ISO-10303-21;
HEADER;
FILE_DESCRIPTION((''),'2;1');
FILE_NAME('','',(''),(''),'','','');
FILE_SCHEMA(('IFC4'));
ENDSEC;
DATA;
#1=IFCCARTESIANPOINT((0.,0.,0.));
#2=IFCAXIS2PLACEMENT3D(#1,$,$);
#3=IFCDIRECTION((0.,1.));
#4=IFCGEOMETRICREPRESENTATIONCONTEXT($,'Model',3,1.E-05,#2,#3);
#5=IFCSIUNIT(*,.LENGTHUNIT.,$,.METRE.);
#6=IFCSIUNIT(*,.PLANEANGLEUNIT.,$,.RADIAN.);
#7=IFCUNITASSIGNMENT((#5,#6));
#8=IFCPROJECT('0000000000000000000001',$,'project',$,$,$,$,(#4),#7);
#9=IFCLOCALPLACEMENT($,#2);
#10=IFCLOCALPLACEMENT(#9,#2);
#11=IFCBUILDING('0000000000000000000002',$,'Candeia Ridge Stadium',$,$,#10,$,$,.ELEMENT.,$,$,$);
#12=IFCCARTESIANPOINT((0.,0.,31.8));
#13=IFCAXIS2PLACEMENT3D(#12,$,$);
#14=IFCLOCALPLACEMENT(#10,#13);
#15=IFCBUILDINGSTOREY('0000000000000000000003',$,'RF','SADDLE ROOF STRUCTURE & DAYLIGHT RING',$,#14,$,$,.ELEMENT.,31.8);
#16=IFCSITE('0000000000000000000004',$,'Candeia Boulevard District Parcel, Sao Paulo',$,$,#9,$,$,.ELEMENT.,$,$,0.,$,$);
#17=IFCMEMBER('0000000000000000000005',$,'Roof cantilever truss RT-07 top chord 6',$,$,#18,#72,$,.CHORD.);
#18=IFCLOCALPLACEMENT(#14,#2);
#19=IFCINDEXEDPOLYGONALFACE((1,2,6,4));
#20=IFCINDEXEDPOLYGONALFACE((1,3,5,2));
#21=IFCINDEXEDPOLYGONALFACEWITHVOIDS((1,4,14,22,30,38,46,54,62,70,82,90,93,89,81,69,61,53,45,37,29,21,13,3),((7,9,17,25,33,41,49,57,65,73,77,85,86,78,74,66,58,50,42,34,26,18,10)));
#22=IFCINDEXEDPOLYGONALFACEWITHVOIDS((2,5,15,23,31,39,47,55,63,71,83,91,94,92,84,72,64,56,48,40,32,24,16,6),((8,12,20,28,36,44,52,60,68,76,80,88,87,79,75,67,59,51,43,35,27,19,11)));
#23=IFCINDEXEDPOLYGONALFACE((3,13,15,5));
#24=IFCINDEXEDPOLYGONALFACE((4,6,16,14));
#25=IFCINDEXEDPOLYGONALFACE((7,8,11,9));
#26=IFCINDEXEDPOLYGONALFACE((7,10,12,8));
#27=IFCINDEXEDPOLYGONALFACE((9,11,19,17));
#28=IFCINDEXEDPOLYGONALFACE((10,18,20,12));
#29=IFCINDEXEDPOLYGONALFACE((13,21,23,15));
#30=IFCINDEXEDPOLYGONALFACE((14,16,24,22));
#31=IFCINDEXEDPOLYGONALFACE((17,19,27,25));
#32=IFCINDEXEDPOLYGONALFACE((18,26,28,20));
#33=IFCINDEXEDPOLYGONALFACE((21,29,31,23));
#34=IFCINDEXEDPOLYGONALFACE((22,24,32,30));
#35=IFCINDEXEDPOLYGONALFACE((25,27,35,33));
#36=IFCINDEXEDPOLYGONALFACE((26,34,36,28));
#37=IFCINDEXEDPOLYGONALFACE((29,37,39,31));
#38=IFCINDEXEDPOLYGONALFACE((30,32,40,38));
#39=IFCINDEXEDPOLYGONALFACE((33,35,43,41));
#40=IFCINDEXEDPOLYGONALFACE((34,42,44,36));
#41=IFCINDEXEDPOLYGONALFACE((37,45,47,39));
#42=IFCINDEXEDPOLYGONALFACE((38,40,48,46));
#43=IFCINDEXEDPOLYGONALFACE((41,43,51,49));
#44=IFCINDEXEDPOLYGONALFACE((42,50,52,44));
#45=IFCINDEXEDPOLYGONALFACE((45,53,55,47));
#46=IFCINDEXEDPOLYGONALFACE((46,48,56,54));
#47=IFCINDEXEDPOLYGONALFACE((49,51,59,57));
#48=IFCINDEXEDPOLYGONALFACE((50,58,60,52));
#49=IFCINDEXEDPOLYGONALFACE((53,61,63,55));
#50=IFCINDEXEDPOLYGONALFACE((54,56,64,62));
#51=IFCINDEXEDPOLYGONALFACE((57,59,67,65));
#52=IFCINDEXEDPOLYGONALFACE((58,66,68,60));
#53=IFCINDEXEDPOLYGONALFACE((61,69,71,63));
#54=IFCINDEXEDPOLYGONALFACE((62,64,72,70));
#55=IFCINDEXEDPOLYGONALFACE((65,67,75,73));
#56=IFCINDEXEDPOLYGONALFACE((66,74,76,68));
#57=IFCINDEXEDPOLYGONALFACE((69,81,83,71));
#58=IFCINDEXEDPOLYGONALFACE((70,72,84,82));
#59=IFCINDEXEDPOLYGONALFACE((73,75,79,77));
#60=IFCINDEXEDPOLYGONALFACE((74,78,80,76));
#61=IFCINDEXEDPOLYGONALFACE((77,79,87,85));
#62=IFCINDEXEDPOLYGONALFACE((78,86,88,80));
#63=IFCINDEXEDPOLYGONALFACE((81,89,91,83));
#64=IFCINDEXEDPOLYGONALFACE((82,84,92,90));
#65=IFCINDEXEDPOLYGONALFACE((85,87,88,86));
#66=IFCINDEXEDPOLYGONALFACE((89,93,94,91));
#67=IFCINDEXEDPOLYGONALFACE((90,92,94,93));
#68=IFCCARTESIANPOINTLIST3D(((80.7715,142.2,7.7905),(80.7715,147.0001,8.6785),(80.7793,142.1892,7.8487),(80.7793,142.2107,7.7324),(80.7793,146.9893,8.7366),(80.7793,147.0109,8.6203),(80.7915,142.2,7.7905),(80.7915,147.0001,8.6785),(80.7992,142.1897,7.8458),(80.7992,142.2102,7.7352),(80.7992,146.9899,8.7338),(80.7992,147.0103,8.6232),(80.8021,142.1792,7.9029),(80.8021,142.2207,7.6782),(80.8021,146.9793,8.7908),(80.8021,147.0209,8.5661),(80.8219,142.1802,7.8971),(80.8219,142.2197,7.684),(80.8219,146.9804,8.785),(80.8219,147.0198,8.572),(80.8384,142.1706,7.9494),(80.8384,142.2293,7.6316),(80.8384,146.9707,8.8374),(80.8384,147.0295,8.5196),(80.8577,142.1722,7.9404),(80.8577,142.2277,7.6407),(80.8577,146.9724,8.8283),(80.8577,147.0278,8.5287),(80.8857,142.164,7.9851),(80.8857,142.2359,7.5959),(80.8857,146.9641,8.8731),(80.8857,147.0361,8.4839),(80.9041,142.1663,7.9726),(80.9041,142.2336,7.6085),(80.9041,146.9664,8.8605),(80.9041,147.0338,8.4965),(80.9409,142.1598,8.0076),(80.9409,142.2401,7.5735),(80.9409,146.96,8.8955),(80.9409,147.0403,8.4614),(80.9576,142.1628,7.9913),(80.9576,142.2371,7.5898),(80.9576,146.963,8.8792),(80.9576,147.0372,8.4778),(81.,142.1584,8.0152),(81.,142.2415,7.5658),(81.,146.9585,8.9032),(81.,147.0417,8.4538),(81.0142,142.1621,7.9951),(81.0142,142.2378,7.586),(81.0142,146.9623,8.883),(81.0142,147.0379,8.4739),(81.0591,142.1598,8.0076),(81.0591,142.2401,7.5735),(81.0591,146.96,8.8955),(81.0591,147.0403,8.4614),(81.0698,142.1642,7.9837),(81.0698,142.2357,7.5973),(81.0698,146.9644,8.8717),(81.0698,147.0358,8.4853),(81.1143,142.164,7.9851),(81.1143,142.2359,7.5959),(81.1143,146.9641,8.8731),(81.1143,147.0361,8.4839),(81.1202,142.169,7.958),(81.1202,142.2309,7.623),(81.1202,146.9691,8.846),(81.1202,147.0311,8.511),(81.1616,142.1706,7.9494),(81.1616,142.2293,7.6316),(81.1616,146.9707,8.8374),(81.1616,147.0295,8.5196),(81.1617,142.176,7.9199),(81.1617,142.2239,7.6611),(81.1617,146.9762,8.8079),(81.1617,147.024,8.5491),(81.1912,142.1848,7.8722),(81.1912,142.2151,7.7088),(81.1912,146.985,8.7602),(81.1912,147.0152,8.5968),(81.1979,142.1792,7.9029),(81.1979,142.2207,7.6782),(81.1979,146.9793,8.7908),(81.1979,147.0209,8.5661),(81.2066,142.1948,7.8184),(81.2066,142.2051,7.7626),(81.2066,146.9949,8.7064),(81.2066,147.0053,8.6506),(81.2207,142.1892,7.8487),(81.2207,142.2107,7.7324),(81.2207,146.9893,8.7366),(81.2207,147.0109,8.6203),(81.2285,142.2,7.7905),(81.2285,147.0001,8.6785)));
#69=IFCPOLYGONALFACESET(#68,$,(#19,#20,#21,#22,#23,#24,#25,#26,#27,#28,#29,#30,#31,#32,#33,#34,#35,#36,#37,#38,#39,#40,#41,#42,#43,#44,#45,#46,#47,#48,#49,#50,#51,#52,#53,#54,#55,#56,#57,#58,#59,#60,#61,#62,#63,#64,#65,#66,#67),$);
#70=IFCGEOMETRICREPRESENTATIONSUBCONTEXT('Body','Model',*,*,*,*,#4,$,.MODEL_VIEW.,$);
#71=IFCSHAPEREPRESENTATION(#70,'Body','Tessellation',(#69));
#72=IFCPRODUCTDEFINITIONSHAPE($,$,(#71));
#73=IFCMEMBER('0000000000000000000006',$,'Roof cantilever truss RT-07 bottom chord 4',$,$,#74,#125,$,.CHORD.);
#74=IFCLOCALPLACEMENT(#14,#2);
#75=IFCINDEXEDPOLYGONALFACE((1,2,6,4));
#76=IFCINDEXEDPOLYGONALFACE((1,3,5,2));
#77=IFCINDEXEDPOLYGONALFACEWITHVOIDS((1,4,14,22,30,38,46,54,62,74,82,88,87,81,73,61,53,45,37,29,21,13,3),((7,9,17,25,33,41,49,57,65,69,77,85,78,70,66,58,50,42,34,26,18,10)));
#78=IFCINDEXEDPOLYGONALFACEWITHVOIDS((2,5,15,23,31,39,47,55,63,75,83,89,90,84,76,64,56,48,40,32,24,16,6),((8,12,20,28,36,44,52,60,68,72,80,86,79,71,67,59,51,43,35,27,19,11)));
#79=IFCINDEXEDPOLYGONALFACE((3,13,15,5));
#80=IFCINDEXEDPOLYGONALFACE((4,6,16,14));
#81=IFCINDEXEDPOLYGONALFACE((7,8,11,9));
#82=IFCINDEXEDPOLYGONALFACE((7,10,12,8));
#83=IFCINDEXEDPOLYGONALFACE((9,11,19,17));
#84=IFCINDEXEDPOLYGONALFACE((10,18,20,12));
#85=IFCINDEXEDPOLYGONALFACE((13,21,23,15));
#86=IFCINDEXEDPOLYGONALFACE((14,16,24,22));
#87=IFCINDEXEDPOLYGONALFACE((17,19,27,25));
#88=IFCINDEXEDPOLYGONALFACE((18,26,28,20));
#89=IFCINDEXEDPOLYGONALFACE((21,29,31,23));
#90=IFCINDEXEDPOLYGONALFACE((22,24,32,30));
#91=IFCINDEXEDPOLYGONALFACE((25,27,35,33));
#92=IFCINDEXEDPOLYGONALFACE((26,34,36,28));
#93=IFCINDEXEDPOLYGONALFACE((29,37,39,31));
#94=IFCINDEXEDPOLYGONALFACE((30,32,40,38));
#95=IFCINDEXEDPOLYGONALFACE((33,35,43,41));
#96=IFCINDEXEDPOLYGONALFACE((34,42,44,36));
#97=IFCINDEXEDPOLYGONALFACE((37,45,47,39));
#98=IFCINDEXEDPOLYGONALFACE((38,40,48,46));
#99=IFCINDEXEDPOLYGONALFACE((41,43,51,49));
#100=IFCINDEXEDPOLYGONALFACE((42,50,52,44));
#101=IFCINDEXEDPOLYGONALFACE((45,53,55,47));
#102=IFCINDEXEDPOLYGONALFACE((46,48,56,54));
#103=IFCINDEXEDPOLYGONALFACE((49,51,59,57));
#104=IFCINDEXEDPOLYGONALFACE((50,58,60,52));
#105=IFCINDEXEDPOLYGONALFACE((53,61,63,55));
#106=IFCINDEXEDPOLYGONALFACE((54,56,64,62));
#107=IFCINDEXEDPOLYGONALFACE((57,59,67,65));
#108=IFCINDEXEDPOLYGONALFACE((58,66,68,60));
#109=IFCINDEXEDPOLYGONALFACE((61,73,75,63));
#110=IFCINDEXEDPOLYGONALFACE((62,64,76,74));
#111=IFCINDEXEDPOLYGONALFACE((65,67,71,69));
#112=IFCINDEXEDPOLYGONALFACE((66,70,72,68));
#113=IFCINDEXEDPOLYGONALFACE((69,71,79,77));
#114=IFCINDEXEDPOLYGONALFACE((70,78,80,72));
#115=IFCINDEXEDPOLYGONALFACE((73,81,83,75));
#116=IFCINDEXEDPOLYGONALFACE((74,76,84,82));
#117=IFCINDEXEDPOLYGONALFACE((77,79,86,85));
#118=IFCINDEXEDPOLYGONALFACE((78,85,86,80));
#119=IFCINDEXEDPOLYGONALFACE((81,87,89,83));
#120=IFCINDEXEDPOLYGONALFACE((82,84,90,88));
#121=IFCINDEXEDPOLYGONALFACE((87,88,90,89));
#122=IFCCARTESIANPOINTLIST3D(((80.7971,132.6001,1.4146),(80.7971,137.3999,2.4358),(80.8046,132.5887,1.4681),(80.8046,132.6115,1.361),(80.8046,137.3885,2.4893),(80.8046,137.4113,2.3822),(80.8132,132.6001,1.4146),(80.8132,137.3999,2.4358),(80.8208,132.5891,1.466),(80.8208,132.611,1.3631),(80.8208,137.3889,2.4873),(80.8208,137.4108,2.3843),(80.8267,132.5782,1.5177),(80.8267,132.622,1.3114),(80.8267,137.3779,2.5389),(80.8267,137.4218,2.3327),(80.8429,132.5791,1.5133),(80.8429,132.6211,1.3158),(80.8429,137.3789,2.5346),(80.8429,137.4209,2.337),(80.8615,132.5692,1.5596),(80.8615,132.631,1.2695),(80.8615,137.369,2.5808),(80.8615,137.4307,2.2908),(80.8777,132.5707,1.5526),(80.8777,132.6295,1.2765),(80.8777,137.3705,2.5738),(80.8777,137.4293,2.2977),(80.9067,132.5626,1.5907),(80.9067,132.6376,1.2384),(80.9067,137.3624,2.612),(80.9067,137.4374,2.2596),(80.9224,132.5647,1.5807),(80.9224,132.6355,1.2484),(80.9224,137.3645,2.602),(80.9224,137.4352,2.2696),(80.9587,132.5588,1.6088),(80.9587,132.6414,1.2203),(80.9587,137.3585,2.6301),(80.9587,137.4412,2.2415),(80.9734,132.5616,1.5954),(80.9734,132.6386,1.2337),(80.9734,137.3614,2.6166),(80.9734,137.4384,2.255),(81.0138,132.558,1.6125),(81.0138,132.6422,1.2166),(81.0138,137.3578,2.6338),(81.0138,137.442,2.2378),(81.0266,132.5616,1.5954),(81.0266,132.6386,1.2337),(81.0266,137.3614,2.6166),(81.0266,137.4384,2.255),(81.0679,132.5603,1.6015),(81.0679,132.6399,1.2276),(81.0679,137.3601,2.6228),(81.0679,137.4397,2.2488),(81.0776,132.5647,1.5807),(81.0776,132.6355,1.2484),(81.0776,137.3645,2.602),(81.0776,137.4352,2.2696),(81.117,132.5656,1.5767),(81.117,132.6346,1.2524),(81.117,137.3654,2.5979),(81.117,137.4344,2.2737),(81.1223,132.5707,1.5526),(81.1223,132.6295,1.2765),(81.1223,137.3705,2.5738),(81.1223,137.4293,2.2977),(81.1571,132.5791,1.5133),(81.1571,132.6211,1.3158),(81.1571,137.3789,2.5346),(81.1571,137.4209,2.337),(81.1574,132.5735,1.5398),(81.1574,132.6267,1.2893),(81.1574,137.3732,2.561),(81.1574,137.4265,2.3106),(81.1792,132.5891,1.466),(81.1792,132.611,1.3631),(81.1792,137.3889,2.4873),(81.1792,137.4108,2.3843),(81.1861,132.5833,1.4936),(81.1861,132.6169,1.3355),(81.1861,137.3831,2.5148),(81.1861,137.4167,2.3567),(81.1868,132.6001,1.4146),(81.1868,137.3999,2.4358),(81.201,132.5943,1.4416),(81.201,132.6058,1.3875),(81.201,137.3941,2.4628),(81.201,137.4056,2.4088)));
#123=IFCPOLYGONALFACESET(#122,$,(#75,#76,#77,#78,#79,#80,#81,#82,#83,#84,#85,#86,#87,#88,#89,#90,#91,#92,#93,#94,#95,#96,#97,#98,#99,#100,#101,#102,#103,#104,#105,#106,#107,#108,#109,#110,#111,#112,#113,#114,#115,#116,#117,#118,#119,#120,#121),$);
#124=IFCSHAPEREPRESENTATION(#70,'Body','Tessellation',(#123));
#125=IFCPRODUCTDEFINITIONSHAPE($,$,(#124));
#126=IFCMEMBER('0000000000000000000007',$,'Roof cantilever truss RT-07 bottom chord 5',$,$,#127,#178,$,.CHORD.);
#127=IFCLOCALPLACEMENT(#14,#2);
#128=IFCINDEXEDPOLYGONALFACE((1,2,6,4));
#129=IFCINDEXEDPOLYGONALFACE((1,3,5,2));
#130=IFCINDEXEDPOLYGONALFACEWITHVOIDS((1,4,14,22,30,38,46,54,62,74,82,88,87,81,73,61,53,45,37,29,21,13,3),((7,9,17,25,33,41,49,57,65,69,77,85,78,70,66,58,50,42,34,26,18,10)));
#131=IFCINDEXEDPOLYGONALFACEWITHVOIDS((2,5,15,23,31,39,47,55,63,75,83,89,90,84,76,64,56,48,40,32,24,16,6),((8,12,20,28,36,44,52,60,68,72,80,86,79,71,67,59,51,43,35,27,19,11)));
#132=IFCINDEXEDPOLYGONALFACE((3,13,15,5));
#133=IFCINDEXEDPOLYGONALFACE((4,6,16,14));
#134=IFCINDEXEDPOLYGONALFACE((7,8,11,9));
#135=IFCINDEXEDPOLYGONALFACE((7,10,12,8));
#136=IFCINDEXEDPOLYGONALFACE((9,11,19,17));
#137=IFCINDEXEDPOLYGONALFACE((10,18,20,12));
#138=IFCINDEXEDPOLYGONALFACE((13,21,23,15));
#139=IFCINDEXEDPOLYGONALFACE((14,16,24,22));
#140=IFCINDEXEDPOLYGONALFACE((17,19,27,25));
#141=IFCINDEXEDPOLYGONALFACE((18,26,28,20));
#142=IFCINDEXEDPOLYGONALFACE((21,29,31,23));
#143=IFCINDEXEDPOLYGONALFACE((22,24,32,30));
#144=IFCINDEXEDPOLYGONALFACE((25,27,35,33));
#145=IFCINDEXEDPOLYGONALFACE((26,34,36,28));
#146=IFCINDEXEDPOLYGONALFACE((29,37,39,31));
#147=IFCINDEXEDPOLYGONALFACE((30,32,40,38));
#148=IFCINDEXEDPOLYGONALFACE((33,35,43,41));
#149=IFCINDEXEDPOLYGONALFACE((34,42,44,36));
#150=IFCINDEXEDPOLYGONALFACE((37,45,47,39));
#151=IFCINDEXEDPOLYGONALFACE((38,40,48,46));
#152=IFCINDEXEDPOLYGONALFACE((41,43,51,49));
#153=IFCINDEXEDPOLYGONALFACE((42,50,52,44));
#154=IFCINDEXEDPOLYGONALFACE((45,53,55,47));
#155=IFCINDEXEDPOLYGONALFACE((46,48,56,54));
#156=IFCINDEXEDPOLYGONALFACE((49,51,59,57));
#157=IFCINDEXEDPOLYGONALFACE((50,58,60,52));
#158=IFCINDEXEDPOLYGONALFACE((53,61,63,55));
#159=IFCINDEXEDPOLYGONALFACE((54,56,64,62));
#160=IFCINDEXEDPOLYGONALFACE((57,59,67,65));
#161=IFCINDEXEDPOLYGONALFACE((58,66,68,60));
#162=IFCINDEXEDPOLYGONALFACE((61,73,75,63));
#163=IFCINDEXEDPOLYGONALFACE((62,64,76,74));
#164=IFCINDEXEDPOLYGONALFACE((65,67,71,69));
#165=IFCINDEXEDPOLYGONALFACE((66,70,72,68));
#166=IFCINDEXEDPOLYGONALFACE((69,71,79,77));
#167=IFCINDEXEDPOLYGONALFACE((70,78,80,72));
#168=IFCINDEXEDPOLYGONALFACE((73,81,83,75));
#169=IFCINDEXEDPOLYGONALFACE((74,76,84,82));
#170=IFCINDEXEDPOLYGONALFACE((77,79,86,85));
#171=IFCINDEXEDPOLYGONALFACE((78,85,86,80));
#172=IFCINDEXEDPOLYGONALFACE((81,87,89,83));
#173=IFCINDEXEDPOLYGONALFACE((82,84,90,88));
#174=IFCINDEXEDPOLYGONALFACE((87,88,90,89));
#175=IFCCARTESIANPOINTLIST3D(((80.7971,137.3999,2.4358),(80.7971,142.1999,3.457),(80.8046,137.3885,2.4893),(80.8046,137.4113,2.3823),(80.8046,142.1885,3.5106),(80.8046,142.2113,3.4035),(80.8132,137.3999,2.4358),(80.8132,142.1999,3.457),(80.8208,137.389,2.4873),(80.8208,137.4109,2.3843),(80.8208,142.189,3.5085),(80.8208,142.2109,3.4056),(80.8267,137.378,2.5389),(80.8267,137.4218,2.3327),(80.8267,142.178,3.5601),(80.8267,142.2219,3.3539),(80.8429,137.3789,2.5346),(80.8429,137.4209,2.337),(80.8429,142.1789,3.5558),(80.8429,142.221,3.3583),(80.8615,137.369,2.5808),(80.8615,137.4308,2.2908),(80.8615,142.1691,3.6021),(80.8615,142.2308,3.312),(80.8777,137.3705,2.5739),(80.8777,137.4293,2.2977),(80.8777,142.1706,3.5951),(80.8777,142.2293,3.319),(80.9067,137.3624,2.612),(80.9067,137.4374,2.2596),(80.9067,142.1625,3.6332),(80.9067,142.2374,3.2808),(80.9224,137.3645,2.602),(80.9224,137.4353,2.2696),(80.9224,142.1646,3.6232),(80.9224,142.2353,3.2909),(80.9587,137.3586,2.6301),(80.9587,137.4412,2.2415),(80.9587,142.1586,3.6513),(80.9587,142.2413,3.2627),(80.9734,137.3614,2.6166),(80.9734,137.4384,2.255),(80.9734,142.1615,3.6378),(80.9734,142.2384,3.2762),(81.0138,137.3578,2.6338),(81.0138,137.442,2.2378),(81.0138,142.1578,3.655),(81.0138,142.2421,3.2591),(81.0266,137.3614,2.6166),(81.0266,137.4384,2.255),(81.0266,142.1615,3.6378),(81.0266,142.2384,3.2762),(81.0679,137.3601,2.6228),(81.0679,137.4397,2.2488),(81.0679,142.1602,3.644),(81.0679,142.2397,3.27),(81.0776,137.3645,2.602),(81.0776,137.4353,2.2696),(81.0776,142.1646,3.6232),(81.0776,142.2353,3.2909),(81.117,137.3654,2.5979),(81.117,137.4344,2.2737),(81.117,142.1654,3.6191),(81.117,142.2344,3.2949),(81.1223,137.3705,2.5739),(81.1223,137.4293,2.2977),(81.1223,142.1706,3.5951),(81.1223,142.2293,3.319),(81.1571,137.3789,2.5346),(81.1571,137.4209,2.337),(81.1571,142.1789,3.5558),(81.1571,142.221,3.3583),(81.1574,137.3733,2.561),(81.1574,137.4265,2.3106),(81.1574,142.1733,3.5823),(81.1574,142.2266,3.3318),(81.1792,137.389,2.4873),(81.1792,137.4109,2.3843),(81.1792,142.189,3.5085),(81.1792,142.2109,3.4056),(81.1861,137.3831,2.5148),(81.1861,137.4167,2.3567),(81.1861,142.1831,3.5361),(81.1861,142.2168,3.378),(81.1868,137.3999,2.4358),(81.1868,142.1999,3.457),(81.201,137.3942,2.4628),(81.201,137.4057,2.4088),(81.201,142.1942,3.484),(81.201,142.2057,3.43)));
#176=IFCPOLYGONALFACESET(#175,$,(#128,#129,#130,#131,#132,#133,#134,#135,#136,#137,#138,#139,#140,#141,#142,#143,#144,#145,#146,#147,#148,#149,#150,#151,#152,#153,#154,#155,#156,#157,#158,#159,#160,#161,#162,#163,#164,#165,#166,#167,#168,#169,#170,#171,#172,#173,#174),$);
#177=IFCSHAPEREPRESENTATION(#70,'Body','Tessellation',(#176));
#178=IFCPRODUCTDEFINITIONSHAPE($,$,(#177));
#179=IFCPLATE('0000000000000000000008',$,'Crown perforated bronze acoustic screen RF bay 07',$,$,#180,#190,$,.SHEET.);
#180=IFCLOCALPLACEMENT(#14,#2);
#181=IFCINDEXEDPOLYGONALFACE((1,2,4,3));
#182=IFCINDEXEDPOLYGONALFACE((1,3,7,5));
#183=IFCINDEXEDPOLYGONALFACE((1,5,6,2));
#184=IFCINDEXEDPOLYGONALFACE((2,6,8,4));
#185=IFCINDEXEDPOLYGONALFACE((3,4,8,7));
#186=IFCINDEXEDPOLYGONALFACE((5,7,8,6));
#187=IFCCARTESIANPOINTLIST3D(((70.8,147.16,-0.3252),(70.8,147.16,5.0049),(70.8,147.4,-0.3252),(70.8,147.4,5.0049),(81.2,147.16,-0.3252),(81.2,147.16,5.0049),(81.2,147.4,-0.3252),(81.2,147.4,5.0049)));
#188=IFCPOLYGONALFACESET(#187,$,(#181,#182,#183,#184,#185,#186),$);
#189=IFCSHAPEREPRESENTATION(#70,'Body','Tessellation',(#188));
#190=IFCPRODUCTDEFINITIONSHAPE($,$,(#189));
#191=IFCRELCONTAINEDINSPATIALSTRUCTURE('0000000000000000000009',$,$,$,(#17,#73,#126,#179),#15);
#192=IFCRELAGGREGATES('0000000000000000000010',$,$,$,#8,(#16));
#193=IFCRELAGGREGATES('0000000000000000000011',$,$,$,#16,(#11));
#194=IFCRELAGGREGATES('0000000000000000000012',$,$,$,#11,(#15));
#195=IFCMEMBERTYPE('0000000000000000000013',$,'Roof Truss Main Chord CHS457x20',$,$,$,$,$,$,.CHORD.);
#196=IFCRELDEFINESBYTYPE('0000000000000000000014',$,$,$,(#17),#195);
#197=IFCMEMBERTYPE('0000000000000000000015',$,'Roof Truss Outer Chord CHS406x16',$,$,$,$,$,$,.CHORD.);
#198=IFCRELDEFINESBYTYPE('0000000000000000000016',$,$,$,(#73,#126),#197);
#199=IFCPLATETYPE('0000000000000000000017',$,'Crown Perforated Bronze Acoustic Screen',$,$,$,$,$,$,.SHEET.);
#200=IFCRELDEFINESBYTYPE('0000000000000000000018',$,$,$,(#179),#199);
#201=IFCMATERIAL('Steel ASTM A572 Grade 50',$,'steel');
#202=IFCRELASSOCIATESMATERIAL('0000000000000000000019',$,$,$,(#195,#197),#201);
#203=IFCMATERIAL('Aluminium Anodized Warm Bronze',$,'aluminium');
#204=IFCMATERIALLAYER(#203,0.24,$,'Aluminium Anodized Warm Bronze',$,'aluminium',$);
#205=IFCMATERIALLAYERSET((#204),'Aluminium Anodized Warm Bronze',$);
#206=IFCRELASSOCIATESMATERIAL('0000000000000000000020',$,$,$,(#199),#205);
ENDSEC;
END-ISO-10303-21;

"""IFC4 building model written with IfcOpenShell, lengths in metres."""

from ifc_helpers import new_model, si_unit, direction, frame, origin, origin_2d, place, context, subcontext, project, spatial, rectangle, hollow_circle, extrude, material, layer, layer_set, material_profile, profile_set, type_object, element, save


model = new_model("IFC4")

# Units and contexts
model_context = context("Model", 3, precision=1e-05, world=origin(), true_north=direction((0.0, 1.0)))
body_context = subcontext(model_context, "Body", "Model", "MODEL_VIEW")
ifc_project = project(units=[si_unit("LENGTHUNIT", "METRE"), si_unit("PLANEANGLEUNIT", "RADIAN")], contexts=[model_context])

# Site, building, storey
site_placement = place(None, origin())
site = spatial("IfcSite", under=ifc_project, at=site_placement, Name="Candeia Boulevard District Parcel, Sao Paulo", CompositionType="ELEMENT", RefElevation=0.0)
building_placement = place(site_placement, origin())
building = spatial("IfcBuilding", under=site, at=building_placement, Name="Candeia Ridge Stadium", CompositionType="ELEMENT")
storey_placement = place(building_placement, frame((0.0, 0.0, 31.8)))
storey = spatial("IfcBuildingStorey", under=building, at=storey_placement, Name="RF", Description="SADDLE ROOF STRUCTURE & DAYLIGHT RING", CompositionType="ELEMENT", Elevation=31.8)

# Shared definitions
ifc_material_1 = material(Name="Steel ASTM A572 Grade 50", Category="steel")

# Members
ifc_material_profile_1 = material_profile(ifc_material_1, hollow_circle(Radius=0.2285, WallThickness=0.02, at=origin_2d()), Name="CHS457x20", Category="steel")
ifc_profile_set_1 = profile_set([ifc_material_profile_1], Name="Steel ASTM A572 Grade 50")
member_type_1 = type_object("IfcMemberType", Name="Roof Truss Main Chord CHS457x20", PredefinedType="CHORD", material=ifc_profile_set_1)
for number, where, z_axis, x_axis, name in (
    (1, (81.0, 142.2, 7.7905), (0.0, 0.983317, 0.181899), (-1.0, 0.0, 0.0), "Roof cantilever truss RT-07 top chord 6"),
):
    element("IfcMember", number, at=place(storey_placement, frame(where, z_axis=z_axis, x_axis=x_axis)), inside=storey, type_object=member_type_1, Name=name, PredefinedType="CHORD", context=body_context, shape_type="SweptSolid", body=[
        extrude(hollow_circle(Radius=0.2285, WallThickness=0.02, at=origin_2d()), origin(), (0.0, 0.0, 1.0), 4.8816),
    ])
ifc_material_profile_2 = material_profile(ifc_material_1, hollow_circle(Radius=0.2029, WallThickness=0.0161, at=origin_2d()), Name="CHS406x16", Category="steel")
ifc_profile_set_2 = profile_set([ifc_material_profile_2], Name="Steel ASTM A572 Grade 50")
member_type_2 = type_object("IfcMemberType", Name="Roof Truss Outer Chord CHS406x16", PredefinedType="CHORD", material=ifc_profile_set_2)
member_1_placement = place(storey_placement, frame((81.0, 132.6001, 1.4146), z_axis=(0.0, 0.978106, 0.208109), x_axis=(-1.0, 0.0, 0.0)))
element("IfcMember", 2, at=member_1_placement, inside=storey, type_object=member_type_2, Name="Roof cantilever truss RT-07 bottom chord 4", PredefinedType="CHORD", context=body_context, shape_type="SweptSolid", body=[
    extrude(hollow_circle(Radius=0.2029, WallThickness=0.0161, at=origin_2d()), origin(), (0.0, 0.0, 1.0), 4.9072),
])
member_2_placement = place(storey_placement, frame((81.0, 137.3999, 2.4358), z_axis=(0.0, 0.978108, 0.208099), x_axis=(-1.0, 0.0, 0.0)))
element("IfcMember", 3, at=member_2_placement, inside=storey, type_object=member_type_2, Name="Roof cantilever truss RT-07 bottom chord 5", PredefinedType="CHORD", context=body_context, shape_type="SweptSolid", body=[
    extrude(hollow_circle(Radius=0.2029, WallThickness=0.0161, at=origin_2d()), origin(), (0.0, 0.0, 1.0), 4.9075),
])

# Plate
ifc_material_2 = material(Name="Aluminium Anodized Warm Bronze", Category="aluminium")
ifc_layer_1 = layer(ifc_material_2, 0.24, Name="Aluminium Anodized Warm Bronze", Category="aluminium")
ifc_layer_set_1 = layer_set([ifc_layer_1], Name="Aluminium Anodized Warm Bronze")
plate_type_1 = type_object("IfcPlateType", Name="Crown Perforated Bronze Acoustic Screen", PredefinedType="SHEET", material=ifc_layer_set_1)
plate_1_placement = place(storey_placement, frame((76.0, 147.28, -0.3252), z_axis=(0.0, 0.0, 1.0), x_axis=(-1.0, 0.0, 0.0)))
element("IfcPlate", 4, at=plate_1_placement, inside=storey, type_object=plate_type_1, Name="Crown perforated bronze acoustic screen RF bay 07", PredefinedType="SHEET", context=body_context, shape_type="SweptSolid", body=[
    extrude(rectangle(XDim=10.3999, YDim=0.24, at=origin_2d()), origin(), (0.0, 0.0, 1.0), 5.3301),
])

save(model, "model.ifc")
